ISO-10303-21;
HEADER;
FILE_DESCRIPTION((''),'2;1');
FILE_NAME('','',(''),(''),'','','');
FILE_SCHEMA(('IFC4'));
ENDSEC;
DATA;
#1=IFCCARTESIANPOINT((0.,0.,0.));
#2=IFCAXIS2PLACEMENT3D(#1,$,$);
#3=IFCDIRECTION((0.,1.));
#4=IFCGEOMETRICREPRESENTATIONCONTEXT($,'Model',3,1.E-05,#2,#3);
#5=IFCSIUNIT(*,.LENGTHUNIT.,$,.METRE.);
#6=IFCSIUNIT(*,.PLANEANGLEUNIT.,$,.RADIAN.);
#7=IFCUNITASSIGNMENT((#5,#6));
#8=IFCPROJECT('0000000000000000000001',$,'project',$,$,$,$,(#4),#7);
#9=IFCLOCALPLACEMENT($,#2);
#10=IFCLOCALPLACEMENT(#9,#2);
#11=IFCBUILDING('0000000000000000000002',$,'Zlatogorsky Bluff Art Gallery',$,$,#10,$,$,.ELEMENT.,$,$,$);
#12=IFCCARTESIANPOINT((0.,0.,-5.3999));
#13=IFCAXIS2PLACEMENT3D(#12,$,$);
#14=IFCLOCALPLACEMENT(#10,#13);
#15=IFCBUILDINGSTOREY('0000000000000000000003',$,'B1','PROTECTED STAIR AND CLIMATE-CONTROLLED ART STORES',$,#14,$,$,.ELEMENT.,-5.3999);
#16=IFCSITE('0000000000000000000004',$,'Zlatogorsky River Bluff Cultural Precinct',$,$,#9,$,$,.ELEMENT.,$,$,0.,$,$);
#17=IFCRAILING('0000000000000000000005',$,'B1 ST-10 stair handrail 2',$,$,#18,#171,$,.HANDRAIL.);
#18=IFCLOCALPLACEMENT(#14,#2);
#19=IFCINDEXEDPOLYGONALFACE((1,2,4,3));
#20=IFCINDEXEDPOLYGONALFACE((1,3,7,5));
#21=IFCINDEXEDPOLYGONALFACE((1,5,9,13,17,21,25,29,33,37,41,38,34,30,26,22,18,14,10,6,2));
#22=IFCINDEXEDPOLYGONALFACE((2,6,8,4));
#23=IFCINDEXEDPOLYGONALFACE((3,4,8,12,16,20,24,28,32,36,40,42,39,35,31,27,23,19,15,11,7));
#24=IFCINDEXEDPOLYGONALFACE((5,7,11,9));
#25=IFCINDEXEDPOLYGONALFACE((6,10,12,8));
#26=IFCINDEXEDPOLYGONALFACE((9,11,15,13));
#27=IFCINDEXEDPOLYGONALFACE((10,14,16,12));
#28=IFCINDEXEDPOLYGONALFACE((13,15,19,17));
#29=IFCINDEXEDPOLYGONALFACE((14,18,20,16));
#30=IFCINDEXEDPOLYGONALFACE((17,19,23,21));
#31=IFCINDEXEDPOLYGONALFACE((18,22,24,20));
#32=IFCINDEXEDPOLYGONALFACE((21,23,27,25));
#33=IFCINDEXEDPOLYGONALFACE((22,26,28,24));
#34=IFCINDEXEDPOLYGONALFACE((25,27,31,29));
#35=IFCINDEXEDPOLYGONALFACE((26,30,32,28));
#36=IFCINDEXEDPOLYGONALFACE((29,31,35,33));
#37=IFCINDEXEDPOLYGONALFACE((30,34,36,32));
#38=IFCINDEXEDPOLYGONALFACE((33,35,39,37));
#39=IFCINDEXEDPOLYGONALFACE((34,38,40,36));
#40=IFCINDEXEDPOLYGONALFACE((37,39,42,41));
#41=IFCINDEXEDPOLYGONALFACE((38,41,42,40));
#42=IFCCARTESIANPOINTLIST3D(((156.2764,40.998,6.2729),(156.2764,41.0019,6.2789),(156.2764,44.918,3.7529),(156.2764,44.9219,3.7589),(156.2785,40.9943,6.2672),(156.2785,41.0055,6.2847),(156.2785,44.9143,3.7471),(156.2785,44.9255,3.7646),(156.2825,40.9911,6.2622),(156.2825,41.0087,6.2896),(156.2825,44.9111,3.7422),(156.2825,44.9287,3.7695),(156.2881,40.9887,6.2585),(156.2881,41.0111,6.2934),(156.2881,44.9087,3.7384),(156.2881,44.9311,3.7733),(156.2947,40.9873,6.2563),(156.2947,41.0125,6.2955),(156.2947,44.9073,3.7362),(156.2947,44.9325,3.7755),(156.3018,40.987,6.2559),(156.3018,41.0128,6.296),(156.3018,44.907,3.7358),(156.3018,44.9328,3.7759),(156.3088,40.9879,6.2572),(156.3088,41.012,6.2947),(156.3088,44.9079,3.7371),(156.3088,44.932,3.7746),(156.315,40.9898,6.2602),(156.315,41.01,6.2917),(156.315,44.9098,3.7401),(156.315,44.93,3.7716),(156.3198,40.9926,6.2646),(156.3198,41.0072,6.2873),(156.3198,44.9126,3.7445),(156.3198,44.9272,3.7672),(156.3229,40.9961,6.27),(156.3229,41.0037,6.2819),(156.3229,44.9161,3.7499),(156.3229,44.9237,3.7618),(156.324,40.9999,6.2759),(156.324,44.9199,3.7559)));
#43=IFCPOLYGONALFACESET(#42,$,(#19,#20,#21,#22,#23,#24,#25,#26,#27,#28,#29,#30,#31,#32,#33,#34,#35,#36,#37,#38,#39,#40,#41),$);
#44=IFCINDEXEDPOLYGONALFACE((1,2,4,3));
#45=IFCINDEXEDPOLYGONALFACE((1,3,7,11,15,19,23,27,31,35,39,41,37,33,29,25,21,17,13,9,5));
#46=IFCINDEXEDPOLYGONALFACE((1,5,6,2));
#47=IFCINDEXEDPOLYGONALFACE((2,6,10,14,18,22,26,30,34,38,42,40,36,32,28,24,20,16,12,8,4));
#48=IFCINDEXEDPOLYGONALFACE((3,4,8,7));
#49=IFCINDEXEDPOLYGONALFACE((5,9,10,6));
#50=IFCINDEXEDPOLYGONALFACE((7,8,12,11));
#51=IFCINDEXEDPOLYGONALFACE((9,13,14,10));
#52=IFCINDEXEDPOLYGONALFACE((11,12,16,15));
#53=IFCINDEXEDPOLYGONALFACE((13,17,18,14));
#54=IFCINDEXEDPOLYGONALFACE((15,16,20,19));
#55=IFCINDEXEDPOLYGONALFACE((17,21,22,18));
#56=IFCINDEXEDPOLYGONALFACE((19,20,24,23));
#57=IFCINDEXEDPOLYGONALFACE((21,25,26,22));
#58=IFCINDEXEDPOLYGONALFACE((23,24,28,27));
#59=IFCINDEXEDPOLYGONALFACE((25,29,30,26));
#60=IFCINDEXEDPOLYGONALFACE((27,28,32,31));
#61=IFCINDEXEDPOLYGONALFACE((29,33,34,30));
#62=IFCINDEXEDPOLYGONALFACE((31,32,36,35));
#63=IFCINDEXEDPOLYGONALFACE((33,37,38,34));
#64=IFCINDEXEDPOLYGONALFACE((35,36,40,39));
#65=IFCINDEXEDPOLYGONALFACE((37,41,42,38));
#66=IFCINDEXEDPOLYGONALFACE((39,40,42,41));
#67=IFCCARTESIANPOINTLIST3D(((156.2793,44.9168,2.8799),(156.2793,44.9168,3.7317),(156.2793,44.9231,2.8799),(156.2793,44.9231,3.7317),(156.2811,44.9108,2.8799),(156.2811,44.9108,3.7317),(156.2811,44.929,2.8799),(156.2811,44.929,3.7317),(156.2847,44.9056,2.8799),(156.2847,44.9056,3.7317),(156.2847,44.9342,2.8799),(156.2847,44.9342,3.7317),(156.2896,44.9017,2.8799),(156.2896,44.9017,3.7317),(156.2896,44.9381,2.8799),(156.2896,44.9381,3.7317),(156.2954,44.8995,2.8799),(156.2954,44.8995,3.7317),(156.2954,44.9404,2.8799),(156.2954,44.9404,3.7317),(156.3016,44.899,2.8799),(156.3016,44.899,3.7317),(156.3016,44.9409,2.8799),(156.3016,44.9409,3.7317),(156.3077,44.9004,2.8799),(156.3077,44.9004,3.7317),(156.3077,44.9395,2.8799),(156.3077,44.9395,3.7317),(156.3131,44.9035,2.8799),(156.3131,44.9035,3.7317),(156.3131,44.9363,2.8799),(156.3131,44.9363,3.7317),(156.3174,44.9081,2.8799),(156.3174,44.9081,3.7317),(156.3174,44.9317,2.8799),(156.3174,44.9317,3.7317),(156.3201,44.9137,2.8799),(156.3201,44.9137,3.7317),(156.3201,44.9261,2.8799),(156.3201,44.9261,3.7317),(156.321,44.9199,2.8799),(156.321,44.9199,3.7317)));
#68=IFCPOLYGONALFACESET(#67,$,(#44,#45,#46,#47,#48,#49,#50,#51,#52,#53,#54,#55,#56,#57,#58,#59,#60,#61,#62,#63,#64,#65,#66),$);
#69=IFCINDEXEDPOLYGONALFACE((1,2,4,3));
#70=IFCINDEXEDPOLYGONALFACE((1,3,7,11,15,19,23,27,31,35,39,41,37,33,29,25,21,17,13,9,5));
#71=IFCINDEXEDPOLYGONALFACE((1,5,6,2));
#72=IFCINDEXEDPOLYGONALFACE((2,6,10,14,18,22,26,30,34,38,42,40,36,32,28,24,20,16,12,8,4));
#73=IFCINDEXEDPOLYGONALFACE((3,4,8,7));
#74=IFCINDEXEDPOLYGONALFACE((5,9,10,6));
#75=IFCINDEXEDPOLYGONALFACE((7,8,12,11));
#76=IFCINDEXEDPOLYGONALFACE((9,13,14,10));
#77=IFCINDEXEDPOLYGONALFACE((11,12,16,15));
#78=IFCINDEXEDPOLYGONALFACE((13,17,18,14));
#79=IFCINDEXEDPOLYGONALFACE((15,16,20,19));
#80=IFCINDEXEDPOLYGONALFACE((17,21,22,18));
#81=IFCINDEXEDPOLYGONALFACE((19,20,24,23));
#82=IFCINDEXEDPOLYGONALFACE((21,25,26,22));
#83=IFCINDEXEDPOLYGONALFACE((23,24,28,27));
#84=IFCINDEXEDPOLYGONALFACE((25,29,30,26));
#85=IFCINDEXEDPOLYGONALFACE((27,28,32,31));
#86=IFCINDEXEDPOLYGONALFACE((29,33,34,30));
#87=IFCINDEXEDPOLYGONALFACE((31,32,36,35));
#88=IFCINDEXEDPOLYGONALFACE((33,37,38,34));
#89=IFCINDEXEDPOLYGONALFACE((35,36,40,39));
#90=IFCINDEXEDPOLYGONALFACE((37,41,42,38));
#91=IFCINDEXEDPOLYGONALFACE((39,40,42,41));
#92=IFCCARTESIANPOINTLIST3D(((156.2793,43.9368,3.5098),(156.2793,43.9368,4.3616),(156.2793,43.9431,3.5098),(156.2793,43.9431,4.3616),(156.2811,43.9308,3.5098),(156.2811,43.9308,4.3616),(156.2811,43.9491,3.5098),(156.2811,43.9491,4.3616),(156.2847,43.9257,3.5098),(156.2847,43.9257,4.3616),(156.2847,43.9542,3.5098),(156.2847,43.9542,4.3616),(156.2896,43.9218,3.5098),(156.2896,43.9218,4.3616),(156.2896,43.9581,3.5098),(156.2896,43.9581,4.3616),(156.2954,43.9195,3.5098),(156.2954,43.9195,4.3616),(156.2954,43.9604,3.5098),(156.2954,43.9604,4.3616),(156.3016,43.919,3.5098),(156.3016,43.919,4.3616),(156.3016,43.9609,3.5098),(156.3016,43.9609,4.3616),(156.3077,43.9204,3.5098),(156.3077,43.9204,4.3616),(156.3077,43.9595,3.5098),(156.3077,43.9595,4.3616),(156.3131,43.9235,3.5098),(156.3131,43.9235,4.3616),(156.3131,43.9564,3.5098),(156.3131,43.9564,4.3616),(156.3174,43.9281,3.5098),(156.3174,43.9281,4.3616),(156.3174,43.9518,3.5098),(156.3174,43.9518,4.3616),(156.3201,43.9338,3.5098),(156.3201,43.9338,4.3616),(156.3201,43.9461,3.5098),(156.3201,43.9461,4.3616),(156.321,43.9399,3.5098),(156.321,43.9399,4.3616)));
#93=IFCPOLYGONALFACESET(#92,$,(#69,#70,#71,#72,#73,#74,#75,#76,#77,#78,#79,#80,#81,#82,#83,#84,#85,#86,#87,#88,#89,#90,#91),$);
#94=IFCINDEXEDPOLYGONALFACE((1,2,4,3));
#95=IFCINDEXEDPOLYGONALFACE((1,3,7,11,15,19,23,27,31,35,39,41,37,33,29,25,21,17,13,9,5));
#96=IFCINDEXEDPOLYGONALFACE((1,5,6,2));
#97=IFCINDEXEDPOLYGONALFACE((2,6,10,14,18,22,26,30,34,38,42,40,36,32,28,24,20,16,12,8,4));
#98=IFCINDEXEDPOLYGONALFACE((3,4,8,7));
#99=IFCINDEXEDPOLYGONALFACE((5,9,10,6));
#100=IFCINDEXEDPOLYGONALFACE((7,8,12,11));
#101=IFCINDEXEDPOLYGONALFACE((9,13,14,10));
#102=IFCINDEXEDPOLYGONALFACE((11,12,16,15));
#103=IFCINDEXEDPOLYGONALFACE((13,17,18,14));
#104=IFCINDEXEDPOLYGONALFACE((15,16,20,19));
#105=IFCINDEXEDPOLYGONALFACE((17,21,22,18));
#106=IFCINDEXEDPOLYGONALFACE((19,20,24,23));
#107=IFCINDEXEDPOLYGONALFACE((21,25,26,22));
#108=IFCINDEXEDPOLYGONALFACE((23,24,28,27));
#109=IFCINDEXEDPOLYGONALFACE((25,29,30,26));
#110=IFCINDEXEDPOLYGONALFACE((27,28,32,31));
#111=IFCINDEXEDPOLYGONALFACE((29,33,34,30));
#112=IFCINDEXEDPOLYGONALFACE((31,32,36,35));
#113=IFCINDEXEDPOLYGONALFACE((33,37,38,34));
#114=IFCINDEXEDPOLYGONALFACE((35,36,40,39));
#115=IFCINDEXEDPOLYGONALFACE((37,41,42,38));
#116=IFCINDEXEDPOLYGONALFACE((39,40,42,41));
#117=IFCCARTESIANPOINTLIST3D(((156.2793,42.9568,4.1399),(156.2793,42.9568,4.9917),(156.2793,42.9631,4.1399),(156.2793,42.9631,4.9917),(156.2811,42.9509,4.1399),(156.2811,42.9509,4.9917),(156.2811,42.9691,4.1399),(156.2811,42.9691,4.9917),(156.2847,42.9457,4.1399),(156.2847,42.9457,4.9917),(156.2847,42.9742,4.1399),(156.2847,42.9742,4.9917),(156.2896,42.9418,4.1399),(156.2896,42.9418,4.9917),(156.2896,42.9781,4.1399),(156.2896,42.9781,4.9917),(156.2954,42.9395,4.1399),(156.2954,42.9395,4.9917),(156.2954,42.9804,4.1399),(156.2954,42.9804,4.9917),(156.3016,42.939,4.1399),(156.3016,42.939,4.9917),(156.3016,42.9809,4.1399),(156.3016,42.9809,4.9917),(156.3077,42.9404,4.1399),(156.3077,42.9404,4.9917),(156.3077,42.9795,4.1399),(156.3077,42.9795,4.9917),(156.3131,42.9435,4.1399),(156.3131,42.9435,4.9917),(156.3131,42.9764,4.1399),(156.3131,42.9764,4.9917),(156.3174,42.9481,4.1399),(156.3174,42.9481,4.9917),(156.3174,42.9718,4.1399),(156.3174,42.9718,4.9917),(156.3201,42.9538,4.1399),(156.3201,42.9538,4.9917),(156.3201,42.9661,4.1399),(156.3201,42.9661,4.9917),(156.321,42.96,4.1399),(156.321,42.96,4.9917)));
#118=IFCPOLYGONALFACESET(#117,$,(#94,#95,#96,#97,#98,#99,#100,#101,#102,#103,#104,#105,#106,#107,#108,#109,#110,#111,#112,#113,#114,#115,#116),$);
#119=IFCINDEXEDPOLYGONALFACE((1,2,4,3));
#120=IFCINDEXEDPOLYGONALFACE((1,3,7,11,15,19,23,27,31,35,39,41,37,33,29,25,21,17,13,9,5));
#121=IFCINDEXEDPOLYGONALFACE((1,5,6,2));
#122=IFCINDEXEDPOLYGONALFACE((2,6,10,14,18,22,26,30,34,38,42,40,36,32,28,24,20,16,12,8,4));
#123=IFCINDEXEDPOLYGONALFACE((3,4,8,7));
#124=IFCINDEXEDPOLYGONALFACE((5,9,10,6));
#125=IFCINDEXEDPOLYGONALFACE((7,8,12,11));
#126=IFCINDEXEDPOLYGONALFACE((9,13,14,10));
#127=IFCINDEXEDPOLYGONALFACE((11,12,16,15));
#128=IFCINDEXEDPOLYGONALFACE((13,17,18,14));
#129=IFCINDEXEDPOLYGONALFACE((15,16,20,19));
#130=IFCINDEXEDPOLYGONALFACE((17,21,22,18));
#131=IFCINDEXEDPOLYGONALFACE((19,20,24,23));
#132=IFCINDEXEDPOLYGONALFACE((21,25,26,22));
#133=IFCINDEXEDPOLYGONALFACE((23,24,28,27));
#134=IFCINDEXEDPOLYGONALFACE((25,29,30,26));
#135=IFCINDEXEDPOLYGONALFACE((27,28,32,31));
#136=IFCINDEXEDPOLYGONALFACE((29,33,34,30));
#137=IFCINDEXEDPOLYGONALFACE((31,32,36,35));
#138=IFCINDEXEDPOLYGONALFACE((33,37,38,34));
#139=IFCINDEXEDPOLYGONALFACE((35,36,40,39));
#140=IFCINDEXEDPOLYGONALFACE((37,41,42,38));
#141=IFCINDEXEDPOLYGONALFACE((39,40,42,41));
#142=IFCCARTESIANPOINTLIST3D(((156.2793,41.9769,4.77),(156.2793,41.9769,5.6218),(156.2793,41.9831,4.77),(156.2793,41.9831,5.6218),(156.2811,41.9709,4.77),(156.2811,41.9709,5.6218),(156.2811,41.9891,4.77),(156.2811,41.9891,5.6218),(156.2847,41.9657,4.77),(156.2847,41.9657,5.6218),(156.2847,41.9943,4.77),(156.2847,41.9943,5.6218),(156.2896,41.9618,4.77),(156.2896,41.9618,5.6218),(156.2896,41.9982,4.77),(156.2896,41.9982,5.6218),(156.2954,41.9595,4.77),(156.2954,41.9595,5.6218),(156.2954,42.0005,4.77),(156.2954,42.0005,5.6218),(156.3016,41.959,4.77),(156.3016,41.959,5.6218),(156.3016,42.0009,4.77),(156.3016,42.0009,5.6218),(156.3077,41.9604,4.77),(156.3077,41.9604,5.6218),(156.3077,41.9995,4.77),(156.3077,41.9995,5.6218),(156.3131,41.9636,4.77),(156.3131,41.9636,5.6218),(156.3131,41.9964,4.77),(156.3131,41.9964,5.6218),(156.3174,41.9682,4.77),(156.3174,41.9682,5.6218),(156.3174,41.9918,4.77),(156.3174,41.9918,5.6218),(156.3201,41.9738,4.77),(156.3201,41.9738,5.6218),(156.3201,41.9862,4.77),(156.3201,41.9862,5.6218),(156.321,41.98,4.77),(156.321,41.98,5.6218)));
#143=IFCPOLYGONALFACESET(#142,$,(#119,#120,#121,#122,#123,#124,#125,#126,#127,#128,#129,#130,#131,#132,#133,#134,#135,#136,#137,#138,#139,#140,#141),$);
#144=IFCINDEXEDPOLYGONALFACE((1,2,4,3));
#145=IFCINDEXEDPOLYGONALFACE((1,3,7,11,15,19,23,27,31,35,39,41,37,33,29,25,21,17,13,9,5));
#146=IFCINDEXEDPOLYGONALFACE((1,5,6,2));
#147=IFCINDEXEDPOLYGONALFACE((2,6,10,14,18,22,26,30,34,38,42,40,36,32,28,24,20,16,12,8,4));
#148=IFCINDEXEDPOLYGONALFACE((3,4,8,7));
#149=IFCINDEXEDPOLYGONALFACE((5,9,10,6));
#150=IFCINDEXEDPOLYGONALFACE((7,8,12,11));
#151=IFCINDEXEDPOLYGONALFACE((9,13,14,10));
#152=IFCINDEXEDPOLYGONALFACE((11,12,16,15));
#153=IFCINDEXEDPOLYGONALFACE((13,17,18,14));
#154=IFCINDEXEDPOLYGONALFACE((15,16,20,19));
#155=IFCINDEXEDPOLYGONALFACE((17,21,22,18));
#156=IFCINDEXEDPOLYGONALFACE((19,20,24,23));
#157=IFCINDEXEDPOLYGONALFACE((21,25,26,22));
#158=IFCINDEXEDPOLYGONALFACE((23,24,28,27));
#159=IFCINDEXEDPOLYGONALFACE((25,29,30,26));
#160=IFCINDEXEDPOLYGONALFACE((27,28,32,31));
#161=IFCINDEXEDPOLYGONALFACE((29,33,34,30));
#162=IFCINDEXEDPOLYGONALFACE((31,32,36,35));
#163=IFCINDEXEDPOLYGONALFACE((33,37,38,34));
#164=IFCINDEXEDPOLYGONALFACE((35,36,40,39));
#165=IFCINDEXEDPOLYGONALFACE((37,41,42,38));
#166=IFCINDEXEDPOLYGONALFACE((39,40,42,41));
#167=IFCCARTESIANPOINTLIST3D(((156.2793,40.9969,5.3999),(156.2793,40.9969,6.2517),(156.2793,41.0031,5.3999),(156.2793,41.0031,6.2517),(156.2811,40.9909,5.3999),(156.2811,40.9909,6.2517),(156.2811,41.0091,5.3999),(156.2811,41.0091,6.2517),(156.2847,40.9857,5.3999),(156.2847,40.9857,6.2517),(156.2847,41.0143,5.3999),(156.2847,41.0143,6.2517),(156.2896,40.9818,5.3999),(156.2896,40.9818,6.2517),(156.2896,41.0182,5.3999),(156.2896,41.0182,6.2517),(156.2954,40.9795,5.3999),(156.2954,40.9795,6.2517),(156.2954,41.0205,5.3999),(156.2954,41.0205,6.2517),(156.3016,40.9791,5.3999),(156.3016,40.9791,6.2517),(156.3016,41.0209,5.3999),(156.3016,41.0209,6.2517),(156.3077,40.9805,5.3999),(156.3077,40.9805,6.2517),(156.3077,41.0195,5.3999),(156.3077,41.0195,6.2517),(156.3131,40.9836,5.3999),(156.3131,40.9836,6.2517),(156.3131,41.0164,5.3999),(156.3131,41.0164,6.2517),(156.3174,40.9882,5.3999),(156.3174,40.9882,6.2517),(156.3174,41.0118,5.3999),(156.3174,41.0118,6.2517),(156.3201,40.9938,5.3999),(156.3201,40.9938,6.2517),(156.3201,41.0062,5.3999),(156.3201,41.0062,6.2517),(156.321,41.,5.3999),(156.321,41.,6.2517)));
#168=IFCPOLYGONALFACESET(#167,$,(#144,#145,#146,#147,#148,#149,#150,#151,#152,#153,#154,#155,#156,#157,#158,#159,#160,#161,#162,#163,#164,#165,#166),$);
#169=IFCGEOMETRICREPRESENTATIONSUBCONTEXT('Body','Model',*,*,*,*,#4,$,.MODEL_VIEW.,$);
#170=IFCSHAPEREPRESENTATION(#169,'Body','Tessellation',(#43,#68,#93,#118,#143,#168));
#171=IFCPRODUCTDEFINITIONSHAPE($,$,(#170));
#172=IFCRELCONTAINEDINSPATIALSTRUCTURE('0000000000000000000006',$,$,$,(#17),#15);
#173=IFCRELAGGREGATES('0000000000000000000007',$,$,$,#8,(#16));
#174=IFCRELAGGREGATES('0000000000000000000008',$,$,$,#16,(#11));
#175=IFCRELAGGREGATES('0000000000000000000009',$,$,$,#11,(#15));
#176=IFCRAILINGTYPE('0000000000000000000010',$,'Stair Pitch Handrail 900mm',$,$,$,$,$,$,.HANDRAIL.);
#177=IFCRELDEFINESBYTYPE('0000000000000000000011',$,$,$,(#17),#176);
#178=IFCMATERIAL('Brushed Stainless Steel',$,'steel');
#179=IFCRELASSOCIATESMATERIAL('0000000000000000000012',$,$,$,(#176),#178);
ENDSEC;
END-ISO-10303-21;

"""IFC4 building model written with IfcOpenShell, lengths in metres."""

from ifc_helpers import new_model, si_unit, direction, frame, origin, origin_2d, place, context, subcontext, project, spatial, circle, extrude, material, type_object, element, save


model = new_model("IFC4")

# Units and contexts
model_context = context("Model", 3, precision=1e-05, world=origin(), true_north=direction((0.0, 1.0)))
body_context = subcontext(model_context, "Body", "Model", "MODEL_VIEW")
ifc_project = project(units=[si_unit("LENGTHUNIT", "METRE"), si_unit("PLANEANGLEUNIT", "RADIAN")], contexts=[model_context])

# Site, building, storey
site_placement = place(None, origin())
site = spatial("IfcSite", under=ifc_project, at=site_placement, Name="Zlatogorsky River Bluff Cultural Precinct", CompositionType="ELEMENT", RefElevation=0.0)
building_placement = place(site_placement, origin())
building = spatial("IfcBuilding", under=site, at=building_placement, Name="Zlatogorsky Bluff Art Gallery", CompositionType="ELEMENT")
storey_placement = place(building_placement, frame((0.0, 0.0, -5.3999)))
storey = spatial("IfcBuildingStorey", under=building, at=storey_placement, Name="B1", Description="PROTECTED STAIR AND CLIMATE-CONTROLLED ART STORES", CompositionType="ELEMENT", Elevation=-5.3999)

# Railing
ifc_material_1 = material(Name="Brushed Stainless Steel", Category="steel")
railing_type_1 = type_object("IfcRailingType", Name="Stair Pitch Handrail 900mm", PredefinedType="HANDRAIL", material=ifc_material_1)
railing_1_placement = place(storey_placement, frame((156.3, 44.9199, 2.8799)))
element("IfcRailing", 1, at=railing_1_placement, inside=storey, type_object=railing_type_1, Name="B1 ST-10 stair handrail 2", PredefinedType="HANDRAIL", context=body_context, shape_type="SweptSolid", body=[
    extrude(circle(Radius=0.0239, at=origin_2d()), frame((0.0, 0.0, 0.876), z_axis=(0.0, -0.841172, 0.540768), x_axis=(1.0, 0.0, 0.0)), (0.0, 0.0, 1.0), 4.6602),
    extrude(circle(Radius=0.021, at=origin_2d()), origin(), (0.0, 0.0, 1.0), 0.8518),
    extrude(circle(Radius=0.021, at=origin_2d()), frame((0.0, -0.98, 0.6299)), (0.0, 0.0, 1.0), 0.8518),
    extrude(circle(Radius=0.021, at=origin_2d()), frame((0.0, -1.96, 1.26)), (0.0, 0.0, 1.0), 0.8518),
    extrude(circle(Radius=0.021, at=origin_2d()), frame((0.0, -2.9399, 1.8901)), (0.0, 0.0, 1.0), 0.8518),
    extrude(circle(Radius=0.021, at=origin_2d()), frame((0.0, -3.9199, 2.52)), (0.0, 0.0, 1.0), 0.8518),
])

save(model, "model.ifc")
